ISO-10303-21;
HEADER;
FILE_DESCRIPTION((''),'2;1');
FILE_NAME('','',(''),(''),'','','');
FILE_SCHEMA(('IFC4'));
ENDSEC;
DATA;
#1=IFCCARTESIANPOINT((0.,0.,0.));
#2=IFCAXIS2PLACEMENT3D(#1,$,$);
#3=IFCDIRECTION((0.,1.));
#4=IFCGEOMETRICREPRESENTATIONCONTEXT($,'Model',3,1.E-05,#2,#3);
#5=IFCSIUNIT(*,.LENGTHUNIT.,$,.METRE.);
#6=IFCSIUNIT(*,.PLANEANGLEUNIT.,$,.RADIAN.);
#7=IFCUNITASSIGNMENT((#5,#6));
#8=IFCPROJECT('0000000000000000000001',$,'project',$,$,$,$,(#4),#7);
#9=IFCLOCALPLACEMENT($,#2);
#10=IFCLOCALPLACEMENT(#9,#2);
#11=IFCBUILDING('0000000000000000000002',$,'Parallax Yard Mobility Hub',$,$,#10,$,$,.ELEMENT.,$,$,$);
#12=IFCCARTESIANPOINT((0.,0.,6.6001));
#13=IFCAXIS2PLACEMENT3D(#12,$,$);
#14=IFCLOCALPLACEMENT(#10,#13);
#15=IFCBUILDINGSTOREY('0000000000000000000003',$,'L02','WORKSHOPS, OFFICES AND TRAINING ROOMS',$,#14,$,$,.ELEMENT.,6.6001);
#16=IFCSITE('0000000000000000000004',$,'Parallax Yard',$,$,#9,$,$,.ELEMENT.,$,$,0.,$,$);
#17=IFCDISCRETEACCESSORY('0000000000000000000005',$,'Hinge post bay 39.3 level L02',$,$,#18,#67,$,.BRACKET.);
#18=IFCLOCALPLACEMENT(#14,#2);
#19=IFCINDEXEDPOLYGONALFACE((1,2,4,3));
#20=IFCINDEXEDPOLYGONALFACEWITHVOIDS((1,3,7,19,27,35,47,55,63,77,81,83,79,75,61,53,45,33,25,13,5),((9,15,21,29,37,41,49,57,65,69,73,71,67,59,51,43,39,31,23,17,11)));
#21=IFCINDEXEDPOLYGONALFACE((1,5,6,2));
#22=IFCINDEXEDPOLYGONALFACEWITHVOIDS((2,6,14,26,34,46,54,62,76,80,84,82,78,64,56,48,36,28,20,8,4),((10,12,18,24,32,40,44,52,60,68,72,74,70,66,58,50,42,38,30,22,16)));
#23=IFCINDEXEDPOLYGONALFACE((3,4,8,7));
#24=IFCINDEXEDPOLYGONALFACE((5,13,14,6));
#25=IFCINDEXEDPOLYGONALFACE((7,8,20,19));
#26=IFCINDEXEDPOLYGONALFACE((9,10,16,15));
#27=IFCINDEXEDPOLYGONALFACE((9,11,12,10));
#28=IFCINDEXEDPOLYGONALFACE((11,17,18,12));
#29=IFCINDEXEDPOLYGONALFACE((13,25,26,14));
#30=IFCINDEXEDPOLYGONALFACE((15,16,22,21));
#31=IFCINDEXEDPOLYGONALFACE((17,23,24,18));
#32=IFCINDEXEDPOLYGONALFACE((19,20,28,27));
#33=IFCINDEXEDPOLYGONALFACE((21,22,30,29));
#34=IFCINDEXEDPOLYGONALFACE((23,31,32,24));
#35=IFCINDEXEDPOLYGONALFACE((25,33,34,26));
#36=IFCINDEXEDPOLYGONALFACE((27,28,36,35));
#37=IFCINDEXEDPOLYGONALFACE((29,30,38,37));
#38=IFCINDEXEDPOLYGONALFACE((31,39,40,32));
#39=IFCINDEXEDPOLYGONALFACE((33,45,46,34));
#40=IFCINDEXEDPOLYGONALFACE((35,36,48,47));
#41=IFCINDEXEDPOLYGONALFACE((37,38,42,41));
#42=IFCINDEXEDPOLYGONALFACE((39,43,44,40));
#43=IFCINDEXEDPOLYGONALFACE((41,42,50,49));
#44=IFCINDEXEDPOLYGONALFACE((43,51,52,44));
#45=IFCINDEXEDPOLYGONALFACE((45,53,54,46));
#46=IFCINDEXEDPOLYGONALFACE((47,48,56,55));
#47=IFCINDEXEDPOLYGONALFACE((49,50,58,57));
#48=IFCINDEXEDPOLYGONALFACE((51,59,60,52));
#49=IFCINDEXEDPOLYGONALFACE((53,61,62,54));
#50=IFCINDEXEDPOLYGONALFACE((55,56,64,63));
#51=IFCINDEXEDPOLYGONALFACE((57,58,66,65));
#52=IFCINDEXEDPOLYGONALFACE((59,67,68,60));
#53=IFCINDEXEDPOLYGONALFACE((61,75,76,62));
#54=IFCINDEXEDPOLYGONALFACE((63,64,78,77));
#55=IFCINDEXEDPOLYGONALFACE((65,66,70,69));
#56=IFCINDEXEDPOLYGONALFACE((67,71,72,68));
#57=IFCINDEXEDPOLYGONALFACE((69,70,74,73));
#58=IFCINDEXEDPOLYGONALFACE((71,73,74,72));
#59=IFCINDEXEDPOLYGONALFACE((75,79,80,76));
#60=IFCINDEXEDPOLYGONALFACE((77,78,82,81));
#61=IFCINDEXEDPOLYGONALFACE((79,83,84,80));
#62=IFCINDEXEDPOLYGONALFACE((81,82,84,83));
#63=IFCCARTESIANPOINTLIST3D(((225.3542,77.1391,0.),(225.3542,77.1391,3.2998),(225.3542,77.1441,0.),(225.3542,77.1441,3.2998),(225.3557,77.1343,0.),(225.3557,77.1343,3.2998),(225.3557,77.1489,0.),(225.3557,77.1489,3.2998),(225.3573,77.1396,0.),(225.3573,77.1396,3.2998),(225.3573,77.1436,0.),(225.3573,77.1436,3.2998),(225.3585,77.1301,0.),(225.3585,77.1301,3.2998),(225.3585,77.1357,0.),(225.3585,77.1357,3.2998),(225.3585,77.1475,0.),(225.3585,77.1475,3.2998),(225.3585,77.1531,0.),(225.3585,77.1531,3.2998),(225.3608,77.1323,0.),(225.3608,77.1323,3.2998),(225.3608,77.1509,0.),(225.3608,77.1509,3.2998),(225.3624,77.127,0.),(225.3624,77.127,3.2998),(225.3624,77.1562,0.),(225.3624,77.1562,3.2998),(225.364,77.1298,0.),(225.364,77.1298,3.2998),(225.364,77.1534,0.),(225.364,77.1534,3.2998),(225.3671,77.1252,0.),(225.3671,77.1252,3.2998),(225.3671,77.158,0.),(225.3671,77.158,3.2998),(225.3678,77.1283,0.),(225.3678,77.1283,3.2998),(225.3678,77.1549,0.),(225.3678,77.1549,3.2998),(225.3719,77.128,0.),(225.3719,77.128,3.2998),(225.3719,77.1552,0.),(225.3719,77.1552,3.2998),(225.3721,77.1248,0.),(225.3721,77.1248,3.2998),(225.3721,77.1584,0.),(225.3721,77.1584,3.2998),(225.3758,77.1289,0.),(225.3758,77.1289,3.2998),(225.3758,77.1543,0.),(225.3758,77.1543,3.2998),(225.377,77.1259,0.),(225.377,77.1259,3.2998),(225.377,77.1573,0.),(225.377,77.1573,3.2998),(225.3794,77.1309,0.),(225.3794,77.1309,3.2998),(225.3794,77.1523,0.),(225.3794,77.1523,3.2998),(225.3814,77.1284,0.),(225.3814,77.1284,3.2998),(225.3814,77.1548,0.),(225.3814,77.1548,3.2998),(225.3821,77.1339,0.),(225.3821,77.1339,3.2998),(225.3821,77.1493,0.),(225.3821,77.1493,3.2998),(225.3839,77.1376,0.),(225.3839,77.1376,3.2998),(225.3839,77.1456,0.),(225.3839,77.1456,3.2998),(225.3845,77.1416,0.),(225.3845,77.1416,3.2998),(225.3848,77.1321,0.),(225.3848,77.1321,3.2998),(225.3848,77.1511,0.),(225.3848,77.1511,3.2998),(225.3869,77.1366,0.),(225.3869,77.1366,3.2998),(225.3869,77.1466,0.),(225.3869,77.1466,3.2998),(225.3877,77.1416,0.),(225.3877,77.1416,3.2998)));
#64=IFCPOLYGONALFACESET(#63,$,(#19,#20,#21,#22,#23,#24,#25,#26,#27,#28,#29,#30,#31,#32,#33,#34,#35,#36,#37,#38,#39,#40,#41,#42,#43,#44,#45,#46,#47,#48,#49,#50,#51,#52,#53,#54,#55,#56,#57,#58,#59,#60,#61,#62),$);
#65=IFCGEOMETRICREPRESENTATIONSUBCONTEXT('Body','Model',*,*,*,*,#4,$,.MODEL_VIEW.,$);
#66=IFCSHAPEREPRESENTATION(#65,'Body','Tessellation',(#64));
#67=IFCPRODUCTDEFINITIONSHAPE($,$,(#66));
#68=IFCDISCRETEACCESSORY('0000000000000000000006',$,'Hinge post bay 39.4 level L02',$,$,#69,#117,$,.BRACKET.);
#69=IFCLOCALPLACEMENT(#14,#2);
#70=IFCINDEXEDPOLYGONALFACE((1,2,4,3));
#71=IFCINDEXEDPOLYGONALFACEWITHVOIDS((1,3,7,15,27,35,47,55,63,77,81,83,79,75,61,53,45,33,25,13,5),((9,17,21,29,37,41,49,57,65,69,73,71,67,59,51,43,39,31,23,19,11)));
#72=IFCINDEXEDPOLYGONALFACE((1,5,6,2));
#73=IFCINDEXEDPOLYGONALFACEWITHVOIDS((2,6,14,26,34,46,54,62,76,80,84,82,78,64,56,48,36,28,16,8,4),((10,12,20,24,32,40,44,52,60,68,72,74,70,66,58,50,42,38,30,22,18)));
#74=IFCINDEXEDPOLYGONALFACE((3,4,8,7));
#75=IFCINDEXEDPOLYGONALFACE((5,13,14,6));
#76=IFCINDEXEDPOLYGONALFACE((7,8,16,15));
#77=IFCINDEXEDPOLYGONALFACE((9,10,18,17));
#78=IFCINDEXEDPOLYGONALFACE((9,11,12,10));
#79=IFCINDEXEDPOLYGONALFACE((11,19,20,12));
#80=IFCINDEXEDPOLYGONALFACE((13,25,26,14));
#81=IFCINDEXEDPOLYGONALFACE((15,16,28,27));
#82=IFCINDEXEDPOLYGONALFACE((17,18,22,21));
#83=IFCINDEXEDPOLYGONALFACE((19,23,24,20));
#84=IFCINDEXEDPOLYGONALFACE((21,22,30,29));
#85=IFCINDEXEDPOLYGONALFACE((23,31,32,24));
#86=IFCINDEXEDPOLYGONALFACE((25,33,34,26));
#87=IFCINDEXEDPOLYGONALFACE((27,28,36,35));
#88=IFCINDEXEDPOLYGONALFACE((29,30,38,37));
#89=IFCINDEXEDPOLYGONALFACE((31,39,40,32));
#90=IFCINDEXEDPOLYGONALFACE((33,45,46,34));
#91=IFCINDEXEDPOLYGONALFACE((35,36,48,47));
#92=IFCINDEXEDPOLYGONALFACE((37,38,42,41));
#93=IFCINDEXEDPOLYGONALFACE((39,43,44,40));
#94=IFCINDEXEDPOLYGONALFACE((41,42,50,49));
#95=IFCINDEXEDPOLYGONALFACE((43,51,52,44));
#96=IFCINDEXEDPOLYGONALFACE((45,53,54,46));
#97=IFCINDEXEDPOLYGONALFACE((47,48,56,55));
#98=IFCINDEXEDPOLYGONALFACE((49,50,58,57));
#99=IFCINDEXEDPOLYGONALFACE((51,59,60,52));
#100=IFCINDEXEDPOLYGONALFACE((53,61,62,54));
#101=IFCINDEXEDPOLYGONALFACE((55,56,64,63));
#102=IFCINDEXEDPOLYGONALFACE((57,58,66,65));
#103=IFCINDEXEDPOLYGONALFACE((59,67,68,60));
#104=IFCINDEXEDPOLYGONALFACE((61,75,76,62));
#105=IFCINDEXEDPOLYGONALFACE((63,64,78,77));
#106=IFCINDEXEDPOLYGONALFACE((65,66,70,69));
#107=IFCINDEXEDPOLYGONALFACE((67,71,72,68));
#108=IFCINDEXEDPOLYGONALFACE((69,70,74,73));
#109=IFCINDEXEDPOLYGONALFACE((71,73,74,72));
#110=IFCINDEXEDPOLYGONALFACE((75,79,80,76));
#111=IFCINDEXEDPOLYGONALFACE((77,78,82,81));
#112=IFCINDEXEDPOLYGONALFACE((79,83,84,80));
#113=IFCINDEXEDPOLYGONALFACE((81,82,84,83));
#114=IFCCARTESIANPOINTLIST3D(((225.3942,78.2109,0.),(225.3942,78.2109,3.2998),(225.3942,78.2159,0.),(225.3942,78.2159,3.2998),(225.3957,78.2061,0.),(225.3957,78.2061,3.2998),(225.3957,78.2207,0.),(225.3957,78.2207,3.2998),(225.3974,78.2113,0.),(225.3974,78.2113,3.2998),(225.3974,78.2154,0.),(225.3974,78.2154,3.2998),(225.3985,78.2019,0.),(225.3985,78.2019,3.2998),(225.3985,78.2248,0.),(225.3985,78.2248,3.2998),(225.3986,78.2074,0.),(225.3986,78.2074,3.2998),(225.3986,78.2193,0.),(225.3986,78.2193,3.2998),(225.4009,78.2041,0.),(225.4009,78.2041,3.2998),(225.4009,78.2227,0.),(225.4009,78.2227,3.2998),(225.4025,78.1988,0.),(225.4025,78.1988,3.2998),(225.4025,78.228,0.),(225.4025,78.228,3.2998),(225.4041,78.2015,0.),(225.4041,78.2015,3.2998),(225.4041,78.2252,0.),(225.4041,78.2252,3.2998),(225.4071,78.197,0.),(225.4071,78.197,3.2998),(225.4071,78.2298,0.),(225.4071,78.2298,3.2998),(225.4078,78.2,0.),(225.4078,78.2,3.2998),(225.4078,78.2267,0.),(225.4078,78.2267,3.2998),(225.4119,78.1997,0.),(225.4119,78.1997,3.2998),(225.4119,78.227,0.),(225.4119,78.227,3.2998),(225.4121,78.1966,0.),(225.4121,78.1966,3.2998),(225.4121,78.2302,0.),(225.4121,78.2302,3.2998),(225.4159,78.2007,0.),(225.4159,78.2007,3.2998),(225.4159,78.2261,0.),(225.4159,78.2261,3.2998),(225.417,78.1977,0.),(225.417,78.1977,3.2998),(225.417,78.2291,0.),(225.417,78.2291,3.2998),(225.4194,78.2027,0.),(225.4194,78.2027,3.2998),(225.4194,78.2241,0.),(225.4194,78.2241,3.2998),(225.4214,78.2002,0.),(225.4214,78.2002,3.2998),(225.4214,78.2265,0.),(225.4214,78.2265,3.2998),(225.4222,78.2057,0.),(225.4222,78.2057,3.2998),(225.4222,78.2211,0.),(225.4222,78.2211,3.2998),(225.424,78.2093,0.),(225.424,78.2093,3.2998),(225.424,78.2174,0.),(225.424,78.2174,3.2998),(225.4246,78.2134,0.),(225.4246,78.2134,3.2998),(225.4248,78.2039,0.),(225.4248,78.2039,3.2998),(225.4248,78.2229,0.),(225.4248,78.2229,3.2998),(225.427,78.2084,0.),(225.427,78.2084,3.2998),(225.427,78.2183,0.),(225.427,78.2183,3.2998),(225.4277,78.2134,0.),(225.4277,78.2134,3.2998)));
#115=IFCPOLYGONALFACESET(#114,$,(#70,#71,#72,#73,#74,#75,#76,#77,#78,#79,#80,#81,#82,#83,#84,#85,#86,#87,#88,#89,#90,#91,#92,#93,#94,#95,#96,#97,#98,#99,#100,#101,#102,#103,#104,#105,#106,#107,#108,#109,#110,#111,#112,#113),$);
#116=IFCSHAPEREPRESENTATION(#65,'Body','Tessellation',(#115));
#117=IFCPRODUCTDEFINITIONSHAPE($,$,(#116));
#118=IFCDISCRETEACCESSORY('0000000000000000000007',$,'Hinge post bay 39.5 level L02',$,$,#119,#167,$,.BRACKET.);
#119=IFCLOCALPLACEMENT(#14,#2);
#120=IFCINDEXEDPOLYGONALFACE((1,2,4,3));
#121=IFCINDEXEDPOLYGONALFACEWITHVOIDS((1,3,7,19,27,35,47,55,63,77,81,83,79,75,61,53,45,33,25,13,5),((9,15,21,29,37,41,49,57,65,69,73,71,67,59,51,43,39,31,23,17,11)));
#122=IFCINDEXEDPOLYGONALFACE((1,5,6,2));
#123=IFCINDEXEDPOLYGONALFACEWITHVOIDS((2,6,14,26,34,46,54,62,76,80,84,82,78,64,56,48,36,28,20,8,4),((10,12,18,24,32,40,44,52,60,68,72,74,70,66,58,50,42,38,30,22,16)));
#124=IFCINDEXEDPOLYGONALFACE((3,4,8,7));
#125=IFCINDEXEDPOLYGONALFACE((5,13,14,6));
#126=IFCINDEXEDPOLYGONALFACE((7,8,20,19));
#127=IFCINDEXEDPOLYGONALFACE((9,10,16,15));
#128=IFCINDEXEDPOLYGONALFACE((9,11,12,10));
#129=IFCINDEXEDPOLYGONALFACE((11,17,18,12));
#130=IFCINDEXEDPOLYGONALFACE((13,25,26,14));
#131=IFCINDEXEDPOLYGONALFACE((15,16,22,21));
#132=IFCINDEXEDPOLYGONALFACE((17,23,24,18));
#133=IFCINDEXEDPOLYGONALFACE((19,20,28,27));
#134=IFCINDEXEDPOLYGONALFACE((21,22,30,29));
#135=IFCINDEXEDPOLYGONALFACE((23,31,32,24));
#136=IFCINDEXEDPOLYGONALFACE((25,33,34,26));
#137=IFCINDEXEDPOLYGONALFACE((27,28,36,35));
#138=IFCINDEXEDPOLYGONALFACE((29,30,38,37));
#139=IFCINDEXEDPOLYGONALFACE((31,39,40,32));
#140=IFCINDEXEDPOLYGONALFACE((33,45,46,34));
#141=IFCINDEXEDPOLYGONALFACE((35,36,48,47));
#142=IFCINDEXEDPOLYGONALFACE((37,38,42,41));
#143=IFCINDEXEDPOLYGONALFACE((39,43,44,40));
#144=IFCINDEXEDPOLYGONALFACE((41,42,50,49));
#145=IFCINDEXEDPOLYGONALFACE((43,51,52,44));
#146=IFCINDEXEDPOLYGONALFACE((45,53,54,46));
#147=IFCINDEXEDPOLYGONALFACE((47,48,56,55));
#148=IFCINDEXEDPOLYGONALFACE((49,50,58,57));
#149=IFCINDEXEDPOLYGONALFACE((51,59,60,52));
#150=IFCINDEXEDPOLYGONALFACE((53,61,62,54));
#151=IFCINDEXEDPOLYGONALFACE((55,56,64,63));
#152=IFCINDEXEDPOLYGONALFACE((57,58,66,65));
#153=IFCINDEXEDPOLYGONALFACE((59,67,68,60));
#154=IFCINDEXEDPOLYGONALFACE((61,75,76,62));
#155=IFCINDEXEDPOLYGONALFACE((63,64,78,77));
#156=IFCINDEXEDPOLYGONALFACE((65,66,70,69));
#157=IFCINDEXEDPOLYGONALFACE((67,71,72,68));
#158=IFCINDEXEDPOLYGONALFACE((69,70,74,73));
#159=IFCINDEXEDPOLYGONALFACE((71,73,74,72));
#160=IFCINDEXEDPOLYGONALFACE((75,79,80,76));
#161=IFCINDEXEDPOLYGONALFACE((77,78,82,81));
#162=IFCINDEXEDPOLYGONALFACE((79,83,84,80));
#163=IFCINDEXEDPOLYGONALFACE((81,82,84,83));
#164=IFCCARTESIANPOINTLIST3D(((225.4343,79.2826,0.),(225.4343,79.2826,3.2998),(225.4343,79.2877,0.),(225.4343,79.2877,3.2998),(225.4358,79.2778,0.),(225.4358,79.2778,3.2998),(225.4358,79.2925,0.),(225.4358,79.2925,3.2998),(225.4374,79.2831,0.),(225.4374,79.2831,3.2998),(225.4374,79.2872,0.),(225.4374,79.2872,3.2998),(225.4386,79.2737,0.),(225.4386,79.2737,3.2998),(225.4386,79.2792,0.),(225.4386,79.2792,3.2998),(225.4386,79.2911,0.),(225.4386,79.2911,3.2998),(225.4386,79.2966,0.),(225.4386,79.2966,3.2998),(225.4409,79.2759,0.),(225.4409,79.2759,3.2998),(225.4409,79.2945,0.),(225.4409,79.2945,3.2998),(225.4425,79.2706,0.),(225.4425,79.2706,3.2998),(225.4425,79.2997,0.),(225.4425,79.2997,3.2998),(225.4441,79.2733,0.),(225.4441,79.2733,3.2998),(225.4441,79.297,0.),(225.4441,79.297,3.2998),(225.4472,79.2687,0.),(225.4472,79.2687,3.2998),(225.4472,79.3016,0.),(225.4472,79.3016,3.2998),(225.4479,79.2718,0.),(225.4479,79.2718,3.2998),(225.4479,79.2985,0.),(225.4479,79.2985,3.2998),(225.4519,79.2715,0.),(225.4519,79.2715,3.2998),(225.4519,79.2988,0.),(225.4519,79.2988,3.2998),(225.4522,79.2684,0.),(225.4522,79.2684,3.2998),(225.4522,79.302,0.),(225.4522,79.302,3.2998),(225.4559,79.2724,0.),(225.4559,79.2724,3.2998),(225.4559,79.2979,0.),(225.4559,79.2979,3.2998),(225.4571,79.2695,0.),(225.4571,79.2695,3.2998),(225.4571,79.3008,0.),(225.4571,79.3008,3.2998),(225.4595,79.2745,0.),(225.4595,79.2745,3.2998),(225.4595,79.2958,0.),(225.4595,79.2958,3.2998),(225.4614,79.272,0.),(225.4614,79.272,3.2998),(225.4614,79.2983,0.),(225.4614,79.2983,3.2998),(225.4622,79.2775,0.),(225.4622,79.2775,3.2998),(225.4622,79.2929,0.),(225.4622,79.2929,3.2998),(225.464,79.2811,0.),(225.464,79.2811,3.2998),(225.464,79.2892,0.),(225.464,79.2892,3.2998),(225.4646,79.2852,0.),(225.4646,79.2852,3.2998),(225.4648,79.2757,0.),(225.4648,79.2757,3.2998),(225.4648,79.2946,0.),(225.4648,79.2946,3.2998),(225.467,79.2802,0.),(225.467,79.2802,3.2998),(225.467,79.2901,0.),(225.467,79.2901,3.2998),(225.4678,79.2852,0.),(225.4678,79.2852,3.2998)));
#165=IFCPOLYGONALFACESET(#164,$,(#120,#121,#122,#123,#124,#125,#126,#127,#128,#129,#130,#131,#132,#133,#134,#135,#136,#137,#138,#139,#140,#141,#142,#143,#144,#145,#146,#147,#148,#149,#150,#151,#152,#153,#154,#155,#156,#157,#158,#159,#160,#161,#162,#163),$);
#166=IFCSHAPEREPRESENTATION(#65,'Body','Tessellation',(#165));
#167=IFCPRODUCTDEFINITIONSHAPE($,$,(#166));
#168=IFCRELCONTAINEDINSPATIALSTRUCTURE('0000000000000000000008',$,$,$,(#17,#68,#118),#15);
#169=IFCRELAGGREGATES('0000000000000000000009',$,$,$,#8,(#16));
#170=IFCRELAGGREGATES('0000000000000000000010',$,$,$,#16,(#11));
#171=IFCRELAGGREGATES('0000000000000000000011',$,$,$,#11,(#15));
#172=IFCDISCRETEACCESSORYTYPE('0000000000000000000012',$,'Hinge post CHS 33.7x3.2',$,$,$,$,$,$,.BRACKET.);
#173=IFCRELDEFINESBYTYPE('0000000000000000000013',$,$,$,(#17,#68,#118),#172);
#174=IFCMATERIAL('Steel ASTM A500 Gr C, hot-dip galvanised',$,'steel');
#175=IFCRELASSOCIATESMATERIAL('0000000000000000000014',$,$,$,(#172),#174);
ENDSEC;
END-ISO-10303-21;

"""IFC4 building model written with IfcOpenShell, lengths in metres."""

from ifc_helpers import new_model, si_unit, direction, frame, origin, origin_2d, place, context, subcontext, project, spatial, hollow_circle, extrude, material, material_profile, profile_set, type_object, element, save


model = new_model("IFC4")

# Units and contexts
model_context = context("Model", 3, precision=1e-05, world=origin(), true_north=direction((0.0, 1.0)))
body_context = subcontext(model_context, "Body", "Model", "MODEL_VIEW")
ifc_project = project(units=[si_unit("LENGTHUNIT", "METRE"), si_unit("PLANEANGLEUNIT", "RADIAN")], contexts=[model_context])

# Site, building, storey
site_placement = place(None, origin())
site = spatial("IfcSite", under=ifc_project, at=site_placement, Name="Parallax Yard", CompositionType="ELEMENT", RefElevation=0.0)
building_placement = place(site_placement, origin())
building = spatial("IfcBuilding", under=site, at=building_placement, Name="Parallax Yard Mobility Hub", CompositionType="ELEMENT")
storey_placement = place(building_placement, frame((0.0, 0.0, 6.6001)))
storey = spatial("IfcBuildingStorey", under=building, at=storey_placement, Name="L02", Description="WORKSHOPS, OFFICES AND TRAINING ROOMS", CompositionType="ELEMENT", Elevation=6.6001)

# Discrete accessories
ifc_material_1 = material(Name="Steel ASTM A500 Gr C, hot-dip galvanised", Category="steel")
ifc_material_profile_1 = material_profile(ifc_material_1, hollow_circle(Radius=0.0168, WallThickness=0.0032, at=origin_2d()), Name="CHS 33.7x3.2")
ifc_profile_set_1 = profile_set([ifc_material_profile_1], Name="Steel ASTM A500 Gr C, hot-dip galvanised")
discrete_accessory_type_1 = type_object("IfcDiscreteAccessoryType", Name="Hinge post CHS 33.7x3.2", PredefinedType="BRACKET", material=ifc_profile_set_1)
for number, where, z_axis, x_axis, name in (
    (1, (225.3708, 77.1416, 0.0), (0.0, 0.0, 1.0), (1.0, 0.0, 0.0), "Hinge post bay 39.3 level L02"),
    (2, (225.4109, 78.2134, 0.0), (0.0, 0.0, 1.0), (1.0, 0.0, 0.0), "Hinge post bay 39.4 level L02"),
    (3, (225.4509, 79.2852, 0.0), (0.0, 0.0, 1.0), (1.0, 0.0, 0.0), "Hinge post bay 39.5 level L02"),
):
    element("IfcDiscreteAccessory", number, at=place(storey_placement, frame(where, z_axis=z_axis, x_axis=x_axis)), inside=storey, type_object=discrete_accessory_type_1, Name=name, PredefinedType="BRACKET", context=body_context, shape_type="SweptSolid", body=[
        extrude(hollow_circle(Radius=0.0168, WallThickness=0.0032, at=origin_2d()), origin(), (0.0, 0.0, 1.0), 3.2998),
    ])

save(model, "model.ifc")
